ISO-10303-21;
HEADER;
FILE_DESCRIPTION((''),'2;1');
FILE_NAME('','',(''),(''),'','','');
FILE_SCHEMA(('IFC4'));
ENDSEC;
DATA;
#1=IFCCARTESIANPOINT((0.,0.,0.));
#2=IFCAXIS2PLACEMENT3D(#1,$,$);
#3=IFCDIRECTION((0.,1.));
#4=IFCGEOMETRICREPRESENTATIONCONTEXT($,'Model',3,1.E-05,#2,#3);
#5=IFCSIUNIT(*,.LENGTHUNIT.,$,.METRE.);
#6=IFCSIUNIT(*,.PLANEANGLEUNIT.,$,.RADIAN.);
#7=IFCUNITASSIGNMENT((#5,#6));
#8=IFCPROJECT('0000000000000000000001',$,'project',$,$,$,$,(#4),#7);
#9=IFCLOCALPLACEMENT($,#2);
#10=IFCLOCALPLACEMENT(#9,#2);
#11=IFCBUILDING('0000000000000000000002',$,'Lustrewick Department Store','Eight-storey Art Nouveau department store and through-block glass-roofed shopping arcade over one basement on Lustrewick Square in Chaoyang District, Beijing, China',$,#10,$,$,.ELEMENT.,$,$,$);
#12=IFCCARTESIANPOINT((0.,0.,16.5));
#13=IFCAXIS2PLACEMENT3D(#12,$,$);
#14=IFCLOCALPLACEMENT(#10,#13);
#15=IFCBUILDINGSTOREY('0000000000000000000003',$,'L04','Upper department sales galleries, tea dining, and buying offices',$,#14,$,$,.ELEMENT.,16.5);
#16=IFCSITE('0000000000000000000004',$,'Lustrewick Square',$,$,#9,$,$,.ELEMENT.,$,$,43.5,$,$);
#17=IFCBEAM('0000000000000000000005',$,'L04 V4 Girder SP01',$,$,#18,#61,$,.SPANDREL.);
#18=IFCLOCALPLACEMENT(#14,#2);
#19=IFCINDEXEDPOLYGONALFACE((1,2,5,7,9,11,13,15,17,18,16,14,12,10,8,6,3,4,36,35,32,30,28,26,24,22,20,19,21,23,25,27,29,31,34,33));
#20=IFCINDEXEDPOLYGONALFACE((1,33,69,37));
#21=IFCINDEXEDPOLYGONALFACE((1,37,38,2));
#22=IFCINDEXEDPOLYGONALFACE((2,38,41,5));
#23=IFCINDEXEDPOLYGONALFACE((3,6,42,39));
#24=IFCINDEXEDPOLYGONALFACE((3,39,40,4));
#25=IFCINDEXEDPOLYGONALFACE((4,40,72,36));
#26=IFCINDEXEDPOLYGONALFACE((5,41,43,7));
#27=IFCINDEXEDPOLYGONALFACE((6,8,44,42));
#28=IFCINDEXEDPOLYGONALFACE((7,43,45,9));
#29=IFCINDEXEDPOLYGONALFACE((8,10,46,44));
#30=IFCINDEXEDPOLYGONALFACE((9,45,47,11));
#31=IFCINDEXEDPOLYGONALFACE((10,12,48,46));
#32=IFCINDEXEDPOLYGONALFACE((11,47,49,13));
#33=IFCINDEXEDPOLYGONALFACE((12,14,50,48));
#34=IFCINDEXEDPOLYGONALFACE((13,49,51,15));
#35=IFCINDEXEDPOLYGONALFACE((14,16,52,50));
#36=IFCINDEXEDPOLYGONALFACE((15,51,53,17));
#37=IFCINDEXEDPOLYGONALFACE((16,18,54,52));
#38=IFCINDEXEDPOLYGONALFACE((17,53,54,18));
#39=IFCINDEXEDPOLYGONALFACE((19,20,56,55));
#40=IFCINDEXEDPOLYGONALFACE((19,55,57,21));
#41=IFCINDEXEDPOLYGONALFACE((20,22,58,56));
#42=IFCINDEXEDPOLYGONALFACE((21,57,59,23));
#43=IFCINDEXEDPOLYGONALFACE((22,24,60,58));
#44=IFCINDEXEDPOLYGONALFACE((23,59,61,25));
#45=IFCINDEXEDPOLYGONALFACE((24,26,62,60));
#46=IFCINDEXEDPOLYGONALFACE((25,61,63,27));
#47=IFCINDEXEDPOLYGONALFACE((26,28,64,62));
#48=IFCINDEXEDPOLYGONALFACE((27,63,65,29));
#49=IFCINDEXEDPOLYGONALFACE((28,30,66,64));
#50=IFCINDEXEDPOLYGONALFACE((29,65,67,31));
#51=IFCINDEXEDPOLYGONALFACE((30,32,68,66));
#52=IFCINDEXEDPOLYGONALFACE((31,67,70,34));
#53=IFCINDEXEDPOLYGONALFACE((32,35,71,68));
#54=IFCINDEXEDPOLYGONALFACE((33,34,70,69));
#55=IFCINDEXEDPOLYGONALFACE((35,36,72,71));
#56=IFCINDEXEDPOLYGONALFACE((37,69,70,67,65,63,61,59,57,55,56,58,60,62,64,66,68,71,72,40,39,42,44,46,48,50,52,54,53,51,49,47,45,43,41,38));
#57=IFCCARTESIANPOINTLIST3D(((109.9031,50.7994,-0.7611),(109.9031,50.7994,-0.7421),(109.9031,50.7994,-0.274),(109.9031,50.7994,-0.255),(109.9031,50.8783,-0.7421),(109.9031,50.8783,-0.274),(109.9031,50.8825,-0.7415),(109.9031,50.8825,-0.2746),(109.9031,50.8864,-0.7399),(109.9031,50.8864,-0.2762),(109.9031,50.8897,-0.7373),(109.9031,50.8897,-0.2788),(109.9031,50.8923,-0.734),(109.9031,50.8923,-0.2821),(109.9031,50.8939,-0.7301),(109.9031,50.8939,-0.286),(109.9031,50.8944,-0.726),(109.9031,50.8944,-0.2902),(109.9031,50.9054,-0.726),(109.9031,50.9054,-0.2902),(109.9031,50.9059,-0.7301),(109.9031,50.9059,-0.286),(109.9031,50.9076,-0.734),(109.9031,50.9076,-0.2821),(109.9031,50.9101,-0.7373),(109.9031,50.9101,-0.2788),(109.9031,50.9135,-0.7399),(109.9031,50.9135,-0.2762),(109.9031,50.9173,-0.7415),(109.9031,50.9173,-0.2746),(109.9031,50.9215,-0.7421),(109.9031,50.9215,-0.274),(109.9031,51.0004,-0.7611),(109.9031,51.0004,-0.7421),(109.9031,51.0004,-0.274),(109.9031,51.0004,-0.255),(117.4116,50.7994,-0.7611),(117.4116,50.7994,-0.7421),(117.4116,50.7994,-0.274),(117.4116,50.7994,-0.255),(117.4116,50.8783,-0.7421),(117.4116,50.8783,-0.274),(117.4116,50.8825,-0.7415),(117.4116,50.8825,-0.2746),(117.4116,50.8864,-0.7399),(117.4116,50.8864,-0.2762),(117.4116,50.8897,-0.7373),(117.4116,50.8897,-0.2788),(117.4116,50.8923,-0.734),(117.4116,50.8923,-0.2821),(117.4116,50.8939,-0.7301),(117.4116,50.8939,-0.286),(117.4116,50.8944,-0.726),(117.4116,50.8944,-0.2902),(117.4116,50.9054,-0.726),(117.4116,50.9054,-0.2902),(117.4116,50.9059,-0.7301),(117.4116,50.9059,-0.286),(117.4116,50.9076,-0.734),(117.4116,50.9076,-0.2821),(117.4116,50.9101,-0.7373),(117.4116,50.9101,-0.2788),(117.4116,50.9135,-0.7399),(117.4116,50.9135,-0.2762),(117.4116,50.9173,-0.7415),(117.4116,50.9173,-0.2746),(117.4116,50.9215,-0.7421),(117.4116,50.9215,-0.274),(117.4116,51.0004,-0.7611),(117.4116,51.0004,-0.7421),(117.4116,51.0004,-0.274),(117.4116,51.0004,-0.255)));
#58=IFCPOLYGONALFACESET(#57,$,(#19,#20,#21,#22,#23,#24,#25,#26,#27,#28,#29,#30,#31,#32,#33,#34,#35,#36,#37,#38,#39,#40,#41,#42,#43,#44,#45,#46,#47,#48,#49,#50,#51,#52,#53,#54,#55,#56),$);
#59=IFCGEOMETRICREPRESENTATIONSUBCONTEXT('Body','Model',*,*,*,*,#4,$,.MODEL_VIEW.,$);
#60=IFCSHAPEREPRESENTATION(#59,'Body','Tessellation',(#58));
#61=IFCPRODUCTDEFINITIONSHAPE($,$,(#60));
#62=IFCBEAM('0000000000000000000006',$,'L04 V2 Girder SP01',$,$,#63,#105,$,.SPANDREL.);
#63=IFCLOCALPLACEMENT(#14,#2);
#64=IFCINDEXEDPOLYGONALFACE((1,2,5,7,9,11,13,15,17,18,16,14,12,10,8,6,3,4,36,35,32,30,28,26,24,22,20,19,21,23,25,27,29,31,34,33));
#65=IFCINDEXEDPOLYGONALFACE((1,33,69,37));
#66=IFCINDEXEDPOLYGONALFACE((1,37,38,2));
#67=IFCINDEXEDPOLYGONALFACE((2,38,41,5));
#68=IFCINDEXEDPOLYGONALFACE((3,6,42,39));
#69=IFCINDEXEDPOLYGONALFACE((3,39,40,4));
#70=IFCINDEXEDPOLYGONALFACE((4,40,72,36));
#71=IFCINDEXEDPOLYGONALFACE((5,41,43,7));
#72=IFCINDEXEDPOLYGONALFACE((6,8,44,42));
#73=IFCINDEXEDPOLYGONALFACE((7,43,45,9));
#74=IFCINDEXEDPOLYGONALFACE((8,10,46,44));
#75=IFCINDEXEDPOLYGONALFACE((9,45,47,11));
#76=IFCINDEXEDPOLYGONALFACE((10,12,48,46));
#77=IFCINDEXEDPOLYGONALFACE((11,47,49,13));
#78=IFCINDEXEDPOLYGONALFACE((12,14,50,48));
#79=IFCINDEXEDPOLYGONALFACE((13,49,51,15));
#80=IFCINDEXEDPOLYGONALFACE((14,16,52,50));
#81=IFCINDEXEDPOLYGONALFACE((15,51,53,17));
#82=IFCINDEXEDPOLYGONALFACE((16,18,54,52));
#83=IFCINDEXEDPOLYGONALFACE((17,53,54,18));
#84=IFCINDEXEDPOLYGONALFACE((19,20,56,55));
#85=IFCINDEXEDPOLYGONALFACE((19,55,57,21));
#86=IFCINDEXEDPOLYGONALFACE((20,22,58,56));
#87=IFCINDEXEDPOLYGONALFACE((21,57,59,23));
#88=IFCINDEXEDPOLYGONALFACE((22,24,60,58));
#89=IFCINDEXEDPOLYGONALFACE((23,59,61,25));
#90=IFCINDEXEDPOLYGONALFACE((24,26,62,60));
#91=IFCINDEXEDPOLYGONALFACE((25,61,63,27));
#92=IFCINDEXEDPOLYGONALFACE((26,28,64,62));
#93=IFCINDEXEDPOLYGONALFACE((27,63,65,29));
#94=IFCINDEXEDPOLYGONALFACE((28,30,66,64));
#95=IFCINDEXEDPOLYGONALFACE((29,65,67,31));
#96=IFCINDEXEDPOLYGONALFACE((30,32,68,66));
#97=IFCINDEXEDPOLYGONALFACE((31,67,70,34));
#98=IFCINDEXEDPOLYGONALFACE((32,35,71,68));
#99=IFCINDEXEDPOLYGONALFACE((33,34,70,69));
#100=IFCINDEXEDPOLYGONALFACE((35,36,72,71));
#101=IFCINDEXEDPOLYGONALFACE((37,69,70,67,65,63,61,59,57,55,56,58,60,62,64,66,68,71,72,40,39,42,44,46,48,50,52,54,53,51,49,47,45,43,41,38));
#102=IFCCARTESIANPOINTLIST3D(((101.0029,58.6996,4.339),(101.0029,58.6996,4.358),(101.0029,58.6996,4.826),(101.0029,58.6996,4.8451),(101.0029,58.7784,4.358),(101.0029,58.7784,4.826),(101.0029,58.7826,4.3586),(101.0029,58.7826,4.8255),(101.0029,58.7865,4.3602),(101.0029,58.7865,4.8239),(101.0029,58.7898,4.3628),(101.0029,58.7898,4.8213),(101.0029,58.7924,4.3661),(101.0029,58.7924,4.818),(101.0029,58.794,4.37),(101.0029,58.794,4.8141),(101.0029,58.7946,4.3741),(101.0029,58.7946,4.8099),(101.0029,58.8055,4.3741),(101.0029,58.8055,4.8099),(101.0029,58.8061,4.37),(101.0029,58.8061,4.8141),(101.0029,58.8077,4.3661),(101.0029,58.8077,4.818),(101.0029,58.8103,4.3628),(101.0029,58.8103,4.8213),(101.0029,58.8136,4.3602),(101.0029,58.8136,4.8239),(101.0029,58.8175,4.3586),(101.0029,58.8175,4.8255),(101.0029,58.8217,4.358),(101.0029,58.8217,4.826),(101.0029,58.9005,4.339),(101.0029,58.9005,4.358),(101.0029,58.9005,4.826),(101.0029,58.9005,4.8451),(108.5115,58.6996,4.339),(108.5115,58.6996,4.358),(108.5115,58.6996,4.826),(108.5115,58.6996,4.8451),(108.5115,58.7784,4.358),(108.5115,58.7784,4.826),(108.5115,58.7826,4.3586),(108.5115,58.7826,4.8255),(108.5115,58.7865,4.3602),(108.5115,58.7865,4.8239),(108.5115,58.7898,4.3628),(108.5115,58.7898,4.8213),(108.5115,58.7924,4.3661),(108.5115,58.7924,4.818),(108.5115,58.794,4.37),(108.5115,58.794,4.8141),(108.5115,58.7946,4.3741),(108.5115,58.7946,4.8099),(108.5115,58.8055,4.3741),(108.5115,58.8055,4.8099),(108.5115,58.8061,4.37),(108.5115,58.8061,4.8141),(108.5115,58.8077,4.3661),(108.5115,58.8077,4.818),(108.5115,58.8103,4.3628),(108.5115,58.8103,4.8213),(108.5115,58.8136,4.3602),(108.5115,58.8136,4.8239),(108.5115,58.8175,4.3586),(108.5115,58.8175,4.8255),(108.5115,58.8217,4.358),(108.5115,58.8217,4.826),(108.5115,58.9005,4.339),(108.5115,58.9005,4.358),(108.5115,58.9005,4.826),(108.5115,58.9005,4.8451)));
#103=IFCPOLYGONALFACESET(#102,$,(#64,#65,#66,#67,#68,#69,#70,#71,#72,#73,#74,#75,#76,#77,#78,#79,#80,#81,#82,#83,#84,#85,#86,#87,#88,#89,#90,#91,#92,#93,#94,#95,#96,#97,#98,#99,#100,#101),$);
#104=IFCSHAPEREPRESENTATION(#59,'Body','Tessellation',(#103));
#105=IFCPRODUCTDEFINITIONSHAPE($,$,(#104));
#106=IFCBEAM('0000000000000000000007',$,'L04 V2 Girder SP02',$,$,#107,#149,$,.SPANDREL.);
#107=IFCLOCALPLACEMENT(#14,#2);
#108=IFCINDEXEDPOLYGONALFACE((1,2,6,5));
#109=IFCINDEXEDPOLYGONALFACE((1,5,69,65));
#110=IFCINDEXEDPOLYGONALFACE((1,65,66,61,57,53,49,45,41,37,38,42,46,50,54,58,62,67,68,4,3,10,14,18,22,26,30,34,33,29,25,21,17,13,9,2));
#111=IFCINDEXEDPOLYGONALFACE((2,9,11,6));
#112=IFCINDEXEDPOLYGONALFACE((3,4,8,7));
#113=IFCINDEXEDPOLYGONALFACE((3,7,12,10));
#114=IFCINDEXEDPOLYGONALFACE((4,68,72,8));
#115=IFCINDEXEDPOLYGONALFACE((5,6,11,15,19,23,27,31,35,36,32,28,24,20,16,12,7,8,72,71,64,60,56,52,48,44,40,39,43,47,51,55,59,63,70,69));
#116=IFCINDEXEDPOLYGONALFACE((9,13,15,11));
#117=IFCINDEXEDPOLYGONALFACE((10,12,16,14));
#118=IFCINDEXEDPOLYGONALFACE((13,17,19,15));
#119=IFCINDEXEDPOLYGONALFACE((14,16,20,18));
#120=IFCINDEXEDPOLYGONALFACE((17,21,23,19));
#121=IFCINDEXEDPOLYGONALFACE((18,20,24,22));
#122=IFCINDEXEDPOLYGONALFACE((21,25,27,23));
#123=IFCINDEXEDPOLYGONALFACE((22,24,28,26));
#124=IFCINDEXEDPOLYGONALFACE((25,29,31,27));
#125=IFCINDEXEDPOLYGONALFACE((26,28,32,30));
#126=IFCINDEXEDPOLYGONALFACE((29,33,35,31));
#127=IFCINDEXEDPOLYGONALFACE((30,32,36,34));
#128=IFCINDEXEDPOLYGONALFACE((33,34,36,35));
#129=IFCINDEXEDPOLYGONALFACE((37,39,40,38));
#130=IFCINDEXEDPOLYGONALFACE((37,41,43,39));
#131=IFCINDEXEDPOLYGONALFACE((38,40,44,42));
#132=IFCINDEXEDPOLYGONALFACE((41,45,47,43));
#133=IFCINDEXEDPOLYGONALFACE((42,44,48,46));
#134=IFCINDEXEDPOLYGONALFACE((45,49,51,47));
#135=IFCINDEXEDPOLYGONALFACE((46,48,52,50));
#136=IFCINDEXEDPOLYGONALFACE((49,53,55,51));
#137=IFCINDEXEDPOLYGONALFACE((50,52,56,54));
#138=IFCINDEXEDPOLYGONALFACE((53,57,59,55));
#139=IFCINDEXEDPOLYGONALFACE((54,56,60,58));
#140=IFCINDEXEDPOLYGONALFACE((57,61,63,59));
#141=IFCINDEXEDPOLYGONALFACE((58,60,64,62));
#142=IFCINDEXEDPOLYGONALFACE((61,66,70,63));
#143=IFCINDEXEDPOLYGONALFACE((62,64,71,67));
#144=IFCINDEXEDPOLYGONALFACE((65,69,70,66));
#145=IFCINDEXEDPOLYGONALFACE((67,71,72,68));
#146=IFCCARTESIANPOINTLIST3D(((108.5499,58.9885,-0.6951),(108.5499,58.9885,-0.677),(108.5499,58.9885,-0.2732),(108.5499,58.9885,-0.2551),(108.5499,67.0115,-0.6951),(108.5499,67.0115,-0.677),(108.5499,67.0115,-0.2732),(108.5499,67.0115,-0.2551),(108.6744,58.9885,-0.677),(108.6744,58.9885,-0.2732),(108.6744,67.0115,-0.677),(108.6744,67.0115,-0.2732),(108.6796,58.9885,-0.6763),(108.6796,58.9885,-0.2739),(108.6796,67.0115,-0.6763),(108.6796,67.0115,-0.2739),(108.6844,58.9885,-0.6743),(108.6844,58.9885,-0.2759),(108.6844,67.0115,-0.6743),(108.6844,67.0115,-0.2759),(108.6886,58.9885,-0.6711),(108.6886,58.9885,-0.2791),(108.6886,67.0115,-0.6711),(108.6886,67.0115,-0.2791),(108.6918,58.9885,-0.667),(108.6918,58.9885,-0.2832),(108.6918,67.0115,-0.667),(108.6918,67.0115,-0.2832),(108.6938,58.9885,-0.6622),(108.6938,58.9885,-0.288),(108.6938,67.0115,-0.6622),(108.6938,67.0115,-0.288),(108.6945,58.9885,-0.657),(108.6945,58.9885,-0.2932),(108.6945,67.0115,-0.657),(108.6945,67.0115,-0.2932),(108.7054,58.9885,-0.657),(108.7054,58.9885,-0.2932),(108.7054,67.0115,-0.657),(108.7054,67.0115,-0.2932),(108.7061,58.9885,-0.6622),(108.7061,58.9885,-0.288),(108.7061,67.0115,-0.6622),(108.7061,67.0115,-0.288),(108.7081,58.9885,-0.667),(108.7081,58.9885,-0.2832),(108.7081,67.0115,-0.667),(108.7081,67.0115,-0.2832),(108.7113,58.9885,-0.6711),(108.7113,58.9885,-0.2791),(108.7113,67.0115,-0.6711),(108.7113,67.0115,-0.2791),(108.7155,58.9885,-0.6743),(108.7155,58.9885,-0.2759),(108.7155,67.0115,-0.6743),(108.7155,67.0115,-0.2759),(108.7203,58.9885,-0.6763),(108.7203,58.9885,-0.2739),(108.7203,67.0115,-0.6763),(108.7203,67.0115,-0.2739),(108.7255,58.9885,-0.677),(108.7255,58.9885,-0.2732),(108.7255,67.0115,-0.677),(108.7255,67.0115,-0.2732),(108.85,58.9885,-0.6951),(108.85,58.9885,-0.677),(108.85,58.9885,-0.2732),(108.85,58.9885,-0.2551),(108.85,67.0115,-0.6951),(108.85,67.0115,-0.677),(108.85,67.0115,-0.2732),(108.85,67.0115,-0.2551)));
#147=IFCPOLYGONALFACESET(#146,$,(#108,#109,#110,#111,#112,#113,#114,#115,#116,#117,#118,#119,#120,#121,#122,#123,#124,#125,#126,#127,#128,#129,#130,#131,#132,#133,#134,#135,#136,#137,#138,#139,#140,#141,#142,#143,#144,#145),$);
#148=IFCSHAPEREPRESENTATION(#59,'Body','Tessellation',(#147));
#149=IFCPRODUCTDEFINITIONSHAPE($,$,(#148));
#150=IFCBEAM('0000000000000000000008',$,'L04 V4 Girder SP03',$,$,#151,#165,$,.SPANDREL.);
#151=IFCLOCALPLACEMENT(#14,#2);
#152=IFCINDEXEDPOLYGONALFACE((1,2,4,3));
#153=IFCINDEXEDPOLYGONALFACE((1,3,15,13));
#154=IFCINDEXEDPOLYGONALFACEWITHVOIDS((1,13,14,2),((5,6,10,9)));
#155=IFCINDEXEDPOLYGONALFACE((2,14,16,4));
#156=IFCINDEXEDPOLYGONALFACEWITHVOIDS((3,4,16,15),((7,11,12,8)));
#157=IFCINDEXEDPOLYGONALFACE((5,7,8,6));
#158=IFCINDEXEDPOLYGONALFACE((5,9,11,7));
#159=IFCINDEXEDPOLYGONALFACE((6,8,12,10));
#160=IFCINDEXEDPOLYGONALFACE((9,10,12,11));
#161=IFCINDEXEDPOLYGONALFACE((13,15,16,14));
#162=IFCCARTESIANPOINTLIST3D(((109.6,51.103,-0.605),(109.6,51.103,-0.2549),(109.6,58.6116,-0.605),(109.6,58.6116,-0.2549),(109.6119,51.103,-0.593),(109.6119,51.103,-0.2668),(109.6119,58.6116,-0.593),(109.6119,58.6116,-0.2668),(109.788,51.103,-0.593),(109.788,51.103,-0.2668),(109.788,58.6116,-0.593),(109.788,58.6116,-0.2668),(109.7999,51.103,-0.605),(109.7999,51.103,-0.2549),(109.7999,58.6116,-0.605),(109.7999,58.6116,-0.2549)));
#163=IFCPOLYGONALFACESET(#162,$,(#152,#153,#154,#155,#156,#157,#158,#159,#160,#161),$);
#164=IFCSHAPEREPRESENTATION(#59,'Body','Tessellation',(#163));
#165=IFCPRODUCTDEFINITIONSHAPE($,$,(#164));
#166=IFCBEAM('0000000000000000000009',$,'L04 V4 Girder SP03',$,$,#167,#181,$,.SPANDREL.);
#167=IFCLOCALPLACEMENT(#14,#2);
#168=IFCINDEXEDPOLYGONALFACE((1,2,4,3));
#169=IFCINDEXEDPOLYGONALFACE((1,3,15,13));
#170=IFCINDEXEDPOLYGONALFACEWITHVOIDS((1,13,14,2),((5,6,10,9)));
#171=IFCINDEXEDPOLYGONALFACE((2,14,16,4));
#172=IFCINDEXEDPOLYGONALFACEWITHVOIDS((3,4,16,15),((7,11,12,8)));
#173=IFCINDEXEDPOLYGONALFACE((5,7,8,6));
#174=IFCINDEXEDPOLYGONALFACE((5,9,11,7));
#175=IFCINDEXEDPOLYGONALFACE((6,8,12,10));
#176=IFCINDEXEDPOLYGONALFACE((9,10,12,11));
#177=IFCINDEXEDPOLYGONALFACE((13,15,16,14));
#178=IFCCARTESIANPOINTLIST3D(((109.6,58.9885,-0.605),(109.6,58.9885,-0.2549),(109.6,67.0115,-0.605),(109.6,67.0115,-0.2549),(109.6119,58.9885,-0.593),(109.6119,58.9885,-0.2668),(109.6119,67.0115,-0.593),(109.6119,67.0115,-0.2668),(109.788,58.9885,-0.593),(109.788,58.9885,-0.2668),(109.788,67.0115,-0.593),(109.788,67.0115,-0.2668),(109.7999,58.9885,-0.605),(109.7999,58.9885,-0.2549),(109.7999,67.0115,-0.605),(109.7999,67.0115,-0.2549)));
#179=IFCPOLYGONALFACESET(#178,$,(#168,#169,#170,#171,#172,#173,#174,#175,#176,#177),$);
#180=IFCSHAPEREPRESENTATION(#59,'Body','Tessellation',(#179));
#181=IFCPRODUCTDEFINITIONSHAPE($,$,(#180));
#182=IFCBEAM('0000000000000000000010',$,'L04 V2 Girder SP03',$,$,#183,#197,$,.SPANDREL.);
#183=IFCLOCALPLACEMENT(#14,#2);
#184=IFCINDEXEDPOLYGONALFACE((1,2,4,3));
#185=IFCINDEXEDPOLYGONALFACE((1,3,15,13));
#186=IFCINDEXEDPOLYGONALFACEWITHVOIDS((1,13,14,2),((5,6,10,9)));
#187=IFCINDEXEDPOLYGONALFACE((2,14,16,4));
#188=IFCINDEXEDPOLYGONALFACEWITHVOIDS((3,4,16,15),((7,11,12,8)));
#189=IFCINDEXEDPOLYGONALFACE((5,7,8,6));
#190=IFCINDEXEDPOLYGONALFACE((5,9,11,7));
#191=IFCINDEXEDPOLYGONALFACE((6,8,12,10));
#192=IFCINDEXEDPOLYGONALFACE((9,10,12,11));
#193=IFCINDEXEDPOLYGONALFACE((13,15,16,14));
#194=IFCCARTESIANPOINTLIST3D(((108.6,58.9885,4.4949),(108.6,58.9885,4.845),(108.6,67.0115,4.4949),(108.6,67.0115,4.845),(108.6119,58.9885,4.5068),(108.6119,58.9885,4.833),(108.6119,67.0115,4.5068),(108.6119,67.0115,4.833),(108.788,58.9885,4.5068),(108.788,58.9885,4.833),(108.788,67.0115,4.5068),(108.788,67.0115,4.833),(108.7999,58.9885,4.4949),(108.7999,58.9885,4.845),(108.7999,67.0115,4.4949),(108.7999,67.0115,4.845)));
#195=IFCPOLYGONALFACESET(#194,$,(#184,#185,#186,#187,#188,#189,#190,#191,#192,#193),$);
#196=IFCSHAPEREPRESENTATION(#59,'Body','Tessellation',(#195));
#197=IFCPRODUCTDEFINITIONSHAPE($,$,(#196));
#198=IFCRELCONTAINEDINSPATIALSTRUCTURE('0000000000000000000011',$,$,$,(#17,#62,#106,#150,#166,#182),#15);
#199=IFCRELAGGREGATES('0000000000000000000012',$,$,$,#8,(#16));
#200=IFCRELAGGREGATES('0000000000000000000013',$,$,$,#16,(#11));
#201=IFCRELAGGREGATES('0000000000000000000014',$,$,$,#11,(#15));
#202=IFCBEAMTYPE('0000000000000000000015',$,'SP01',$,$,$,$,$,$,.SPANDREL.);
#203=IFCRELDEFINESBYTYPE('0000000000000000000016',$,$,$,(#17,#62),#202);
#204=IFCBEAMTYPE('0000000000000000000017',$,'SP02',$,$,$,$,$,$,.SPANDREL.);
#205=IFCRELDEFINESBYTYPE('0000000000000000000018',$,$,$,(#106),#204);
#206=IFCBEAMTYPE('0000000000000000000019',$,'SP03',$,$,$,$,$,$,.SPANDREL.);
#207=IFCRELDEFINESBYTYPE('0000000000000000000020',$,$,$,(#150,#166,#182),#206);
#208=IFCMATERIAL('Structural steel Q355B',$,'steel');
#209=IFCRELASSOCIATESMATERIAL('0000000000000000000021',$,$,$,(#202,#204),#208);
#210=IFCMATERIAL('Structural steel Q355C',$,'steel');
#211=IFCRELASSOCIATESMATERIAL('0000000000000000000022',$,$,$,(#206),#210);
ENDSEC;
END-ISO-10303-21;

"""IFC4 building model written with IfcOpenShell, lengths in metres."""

from ifc_helpers import new_model, si_unit, direction, frame, origin, origin_2d, place, context, subcontext, project, spatial, hollow_rectangle, i_section, extrude, material, material_profile, profile_set, type_object, element, save


model = new_model("IFC4")

# Units and contexts
model_context = context("Model", 3, precision=1e-05, world=origin(), true_north=direction((0.0, 1.0)))
body_context = subcontext(model_context, "Body", "Model", "MODEL_VIEW")
ifc_project = project(units=[si_unit("LENGTHUNIT", "METRE"), si_unit("PLANEANGLEUNIT", "RADIAN")], contexts=[model_context])

# Site, building, storey
site_placement = place(None, origin())
site = spatial("IfcSite", under=ifc_project, at=site_placement, Name="Lustrewick Square", CompositionType="ELEMENT", RefElevation=43.5)
building_placement = place(site_placement, origin())
building = spatial("IfcBuilding", under=site, at=building_placement, Name="Lustrewick Department Store", Description="Eight-storey Art Nouveau department store and through-block glass-roofed shopping arcade over one basement on Lustrewick Square in Chaoyang District, Beijing, China", CompositionType="ELEMENT")
storey_placement = place(building_placement, frame((0.0, 0.0, 16.5)))
storey = spatial("IfcBuildingStorey", under=building, at=storey_placement, Name="L04", Description="Upper department sales galleries, tea dining, and buying offices", CompositionType="ELEMENT", Elevation=16.5)

# Shared definitions
ifc_material_1 = material(Name="Structural steel Q355C", Category="steel")
ifc_material_2 = material(Name="Structural steel Q355B", Category="steel")

# Beams
ifc_material_profile_1 = material_profile(ifc_material_2, i_section(OverallWidth=0.2009, OverallDepth=0.5061, WebThickness=0.011, FlangeThickness=0.019, FilletRadius=0.0161, at=origin_2d()), Name="HN 506x201x11x19")
ifc_profile_set_1 = profile_set([ifc_material_profile_1], Name="Structural steel Q355B")
beam_type_1 = type_object("IfcBeamType", Name="SP01", PredefinedType="SPANDREL", material=ifc_profile_set_1)
for number, where, z_axis, x_axis, name in (
    (1, (109.9031, 50.8999, -0.5081), (1.0, 0.0, 0.0), (0.0, 1.0, 0.0), "L04 V4 Girder SP01"),
    (2, (101.0029, 58.8, 4.592), (1.0, 0.0, 0.0), (0.0, 1.0, 0.0), "L04 V2 Girder SP01"),
):
    element("IfcBeam", number, at=place(storey_placement, frame(where, z_axis=z_axis, x_axis=x_axis)), inside=storey, type_object=beam_type_1, Name=name, PredefinedType="SPANDREL", context=body_context, shape_type="SweptSolid", body=[
        extrude(i_section(OverallWidth=0.2009, OverallDepth=0.5061, WebThickness=0.011, FlangeThickness=0.019, FilletRadius=0.0161, at=origin_2d()), origin(), (0.0, 0.0, 1.0), 7.5085),
    ])
ifc_material_profile_2 = material_profile(ifc_material_2, i_section(OverallWidth=0.3, OverallDepth=0.4399, WebThickness=0.011, FlangeThickness=0.0181, FilletRadius=0.02, at=origin_2d()), Name="HM 440x300x11x18")
ifc_profile_set_2 = profile_set([ifc_material_profile_2], Name="Structural steel Q355B")
beam_type_2 = type_object("IfcBeamType", Name="SP02", PredefinedType="SPANDREL", material=ifc_profile_set_2)
beam_1_placement = place(storey_placement, frame((108.7, 58.9885, -0.4751), z_axis=(0.0, 1.0, 0.0), x_axis=(-1.0, 0.0, 0.0)))
element("IfcBeam", 3, at=beam_1_placement, inside=storey, type_object=beam_type_2, Name="L04 V2 Girder SP02", PredefinedType="SPANDREL", context=body_context, shape_type="SweptSolid", body=[
    extrude(i_section(OverallWidth=0.3, OverallDepth=0.4399, WebThickness=0.011, FlangeThickness=0.0181, FilletRadius=0.02, at=origin_2d()), origin(), (0.0, 0.0, 1.0), 8.0229),
])
ifc_material_profile_3 = material_profile(ifc_material_1, hollow_rectangle(XDim=0.2, YDim=0.3501, WallThickness=0.012, at=origin_2d()), Name="RHS 350x200x12")
ifc_profile_set_3 = profile_set([ifc_material_profile_3], Name="Structural steel Q355C")
beam_type_3 = type_object("IfcBeamType", Name="SP03", PredefinedType="SPANDREL", material=ifc_profile_set_3)
beam_2_placement = place(storey_placement, frame((109.7, 51.103, -0.4299), z_axis=(0.0, 1.0, 0.0), x_axis=(-1.0, 0.0, 0.0)))
element("IfcBeam", 4, at=beam_2_placement, inside=storey, type_object=beam_type_3, Name="L04 V4 Girder SP03", PredefinedType="SPANDREL", context=body_context, shape_type="SweptSolid", body=[
    extrude(hollow_rectangle(XDim=0.2, YDim=0.3501, WallThickness=0.012, at=origin_2d()), origin(), (0.0, 0.0, 1.0), 7.5085),
])
for number, where, z_axis, x_axis, name in (
    (5, (109.7, 58.9885, -0.4299), (0.0, 1.0, 0.0), (-1.0, 0.0, 0.0), "L04 V4 Girder SP03"),
    (6, (108.7, 58.9885, 4.6699), (0.0, 1.0, 0.0), (-1.0, 0.0, 0.0), "L04 V2 Girder SP03"),
):
    element("IfcBeam", number, at=place(storey_placement, frame(where, z_axis=z_axis, x_axis=x_axis)), inside=storey, type_object=beam_type_3, Name=name, PredefinedType="SPANDREL", context=body_context, shape_type="SweptSolid", body=[
        extrude(hollow_rectangle(XDim=0.2, YDim=0.3501, WallThickness=0.012, at=origin_2d()), origin(), (0.0, 0.0, 1.0), 8.0229),
    ])

save(model, "model.ifc")
